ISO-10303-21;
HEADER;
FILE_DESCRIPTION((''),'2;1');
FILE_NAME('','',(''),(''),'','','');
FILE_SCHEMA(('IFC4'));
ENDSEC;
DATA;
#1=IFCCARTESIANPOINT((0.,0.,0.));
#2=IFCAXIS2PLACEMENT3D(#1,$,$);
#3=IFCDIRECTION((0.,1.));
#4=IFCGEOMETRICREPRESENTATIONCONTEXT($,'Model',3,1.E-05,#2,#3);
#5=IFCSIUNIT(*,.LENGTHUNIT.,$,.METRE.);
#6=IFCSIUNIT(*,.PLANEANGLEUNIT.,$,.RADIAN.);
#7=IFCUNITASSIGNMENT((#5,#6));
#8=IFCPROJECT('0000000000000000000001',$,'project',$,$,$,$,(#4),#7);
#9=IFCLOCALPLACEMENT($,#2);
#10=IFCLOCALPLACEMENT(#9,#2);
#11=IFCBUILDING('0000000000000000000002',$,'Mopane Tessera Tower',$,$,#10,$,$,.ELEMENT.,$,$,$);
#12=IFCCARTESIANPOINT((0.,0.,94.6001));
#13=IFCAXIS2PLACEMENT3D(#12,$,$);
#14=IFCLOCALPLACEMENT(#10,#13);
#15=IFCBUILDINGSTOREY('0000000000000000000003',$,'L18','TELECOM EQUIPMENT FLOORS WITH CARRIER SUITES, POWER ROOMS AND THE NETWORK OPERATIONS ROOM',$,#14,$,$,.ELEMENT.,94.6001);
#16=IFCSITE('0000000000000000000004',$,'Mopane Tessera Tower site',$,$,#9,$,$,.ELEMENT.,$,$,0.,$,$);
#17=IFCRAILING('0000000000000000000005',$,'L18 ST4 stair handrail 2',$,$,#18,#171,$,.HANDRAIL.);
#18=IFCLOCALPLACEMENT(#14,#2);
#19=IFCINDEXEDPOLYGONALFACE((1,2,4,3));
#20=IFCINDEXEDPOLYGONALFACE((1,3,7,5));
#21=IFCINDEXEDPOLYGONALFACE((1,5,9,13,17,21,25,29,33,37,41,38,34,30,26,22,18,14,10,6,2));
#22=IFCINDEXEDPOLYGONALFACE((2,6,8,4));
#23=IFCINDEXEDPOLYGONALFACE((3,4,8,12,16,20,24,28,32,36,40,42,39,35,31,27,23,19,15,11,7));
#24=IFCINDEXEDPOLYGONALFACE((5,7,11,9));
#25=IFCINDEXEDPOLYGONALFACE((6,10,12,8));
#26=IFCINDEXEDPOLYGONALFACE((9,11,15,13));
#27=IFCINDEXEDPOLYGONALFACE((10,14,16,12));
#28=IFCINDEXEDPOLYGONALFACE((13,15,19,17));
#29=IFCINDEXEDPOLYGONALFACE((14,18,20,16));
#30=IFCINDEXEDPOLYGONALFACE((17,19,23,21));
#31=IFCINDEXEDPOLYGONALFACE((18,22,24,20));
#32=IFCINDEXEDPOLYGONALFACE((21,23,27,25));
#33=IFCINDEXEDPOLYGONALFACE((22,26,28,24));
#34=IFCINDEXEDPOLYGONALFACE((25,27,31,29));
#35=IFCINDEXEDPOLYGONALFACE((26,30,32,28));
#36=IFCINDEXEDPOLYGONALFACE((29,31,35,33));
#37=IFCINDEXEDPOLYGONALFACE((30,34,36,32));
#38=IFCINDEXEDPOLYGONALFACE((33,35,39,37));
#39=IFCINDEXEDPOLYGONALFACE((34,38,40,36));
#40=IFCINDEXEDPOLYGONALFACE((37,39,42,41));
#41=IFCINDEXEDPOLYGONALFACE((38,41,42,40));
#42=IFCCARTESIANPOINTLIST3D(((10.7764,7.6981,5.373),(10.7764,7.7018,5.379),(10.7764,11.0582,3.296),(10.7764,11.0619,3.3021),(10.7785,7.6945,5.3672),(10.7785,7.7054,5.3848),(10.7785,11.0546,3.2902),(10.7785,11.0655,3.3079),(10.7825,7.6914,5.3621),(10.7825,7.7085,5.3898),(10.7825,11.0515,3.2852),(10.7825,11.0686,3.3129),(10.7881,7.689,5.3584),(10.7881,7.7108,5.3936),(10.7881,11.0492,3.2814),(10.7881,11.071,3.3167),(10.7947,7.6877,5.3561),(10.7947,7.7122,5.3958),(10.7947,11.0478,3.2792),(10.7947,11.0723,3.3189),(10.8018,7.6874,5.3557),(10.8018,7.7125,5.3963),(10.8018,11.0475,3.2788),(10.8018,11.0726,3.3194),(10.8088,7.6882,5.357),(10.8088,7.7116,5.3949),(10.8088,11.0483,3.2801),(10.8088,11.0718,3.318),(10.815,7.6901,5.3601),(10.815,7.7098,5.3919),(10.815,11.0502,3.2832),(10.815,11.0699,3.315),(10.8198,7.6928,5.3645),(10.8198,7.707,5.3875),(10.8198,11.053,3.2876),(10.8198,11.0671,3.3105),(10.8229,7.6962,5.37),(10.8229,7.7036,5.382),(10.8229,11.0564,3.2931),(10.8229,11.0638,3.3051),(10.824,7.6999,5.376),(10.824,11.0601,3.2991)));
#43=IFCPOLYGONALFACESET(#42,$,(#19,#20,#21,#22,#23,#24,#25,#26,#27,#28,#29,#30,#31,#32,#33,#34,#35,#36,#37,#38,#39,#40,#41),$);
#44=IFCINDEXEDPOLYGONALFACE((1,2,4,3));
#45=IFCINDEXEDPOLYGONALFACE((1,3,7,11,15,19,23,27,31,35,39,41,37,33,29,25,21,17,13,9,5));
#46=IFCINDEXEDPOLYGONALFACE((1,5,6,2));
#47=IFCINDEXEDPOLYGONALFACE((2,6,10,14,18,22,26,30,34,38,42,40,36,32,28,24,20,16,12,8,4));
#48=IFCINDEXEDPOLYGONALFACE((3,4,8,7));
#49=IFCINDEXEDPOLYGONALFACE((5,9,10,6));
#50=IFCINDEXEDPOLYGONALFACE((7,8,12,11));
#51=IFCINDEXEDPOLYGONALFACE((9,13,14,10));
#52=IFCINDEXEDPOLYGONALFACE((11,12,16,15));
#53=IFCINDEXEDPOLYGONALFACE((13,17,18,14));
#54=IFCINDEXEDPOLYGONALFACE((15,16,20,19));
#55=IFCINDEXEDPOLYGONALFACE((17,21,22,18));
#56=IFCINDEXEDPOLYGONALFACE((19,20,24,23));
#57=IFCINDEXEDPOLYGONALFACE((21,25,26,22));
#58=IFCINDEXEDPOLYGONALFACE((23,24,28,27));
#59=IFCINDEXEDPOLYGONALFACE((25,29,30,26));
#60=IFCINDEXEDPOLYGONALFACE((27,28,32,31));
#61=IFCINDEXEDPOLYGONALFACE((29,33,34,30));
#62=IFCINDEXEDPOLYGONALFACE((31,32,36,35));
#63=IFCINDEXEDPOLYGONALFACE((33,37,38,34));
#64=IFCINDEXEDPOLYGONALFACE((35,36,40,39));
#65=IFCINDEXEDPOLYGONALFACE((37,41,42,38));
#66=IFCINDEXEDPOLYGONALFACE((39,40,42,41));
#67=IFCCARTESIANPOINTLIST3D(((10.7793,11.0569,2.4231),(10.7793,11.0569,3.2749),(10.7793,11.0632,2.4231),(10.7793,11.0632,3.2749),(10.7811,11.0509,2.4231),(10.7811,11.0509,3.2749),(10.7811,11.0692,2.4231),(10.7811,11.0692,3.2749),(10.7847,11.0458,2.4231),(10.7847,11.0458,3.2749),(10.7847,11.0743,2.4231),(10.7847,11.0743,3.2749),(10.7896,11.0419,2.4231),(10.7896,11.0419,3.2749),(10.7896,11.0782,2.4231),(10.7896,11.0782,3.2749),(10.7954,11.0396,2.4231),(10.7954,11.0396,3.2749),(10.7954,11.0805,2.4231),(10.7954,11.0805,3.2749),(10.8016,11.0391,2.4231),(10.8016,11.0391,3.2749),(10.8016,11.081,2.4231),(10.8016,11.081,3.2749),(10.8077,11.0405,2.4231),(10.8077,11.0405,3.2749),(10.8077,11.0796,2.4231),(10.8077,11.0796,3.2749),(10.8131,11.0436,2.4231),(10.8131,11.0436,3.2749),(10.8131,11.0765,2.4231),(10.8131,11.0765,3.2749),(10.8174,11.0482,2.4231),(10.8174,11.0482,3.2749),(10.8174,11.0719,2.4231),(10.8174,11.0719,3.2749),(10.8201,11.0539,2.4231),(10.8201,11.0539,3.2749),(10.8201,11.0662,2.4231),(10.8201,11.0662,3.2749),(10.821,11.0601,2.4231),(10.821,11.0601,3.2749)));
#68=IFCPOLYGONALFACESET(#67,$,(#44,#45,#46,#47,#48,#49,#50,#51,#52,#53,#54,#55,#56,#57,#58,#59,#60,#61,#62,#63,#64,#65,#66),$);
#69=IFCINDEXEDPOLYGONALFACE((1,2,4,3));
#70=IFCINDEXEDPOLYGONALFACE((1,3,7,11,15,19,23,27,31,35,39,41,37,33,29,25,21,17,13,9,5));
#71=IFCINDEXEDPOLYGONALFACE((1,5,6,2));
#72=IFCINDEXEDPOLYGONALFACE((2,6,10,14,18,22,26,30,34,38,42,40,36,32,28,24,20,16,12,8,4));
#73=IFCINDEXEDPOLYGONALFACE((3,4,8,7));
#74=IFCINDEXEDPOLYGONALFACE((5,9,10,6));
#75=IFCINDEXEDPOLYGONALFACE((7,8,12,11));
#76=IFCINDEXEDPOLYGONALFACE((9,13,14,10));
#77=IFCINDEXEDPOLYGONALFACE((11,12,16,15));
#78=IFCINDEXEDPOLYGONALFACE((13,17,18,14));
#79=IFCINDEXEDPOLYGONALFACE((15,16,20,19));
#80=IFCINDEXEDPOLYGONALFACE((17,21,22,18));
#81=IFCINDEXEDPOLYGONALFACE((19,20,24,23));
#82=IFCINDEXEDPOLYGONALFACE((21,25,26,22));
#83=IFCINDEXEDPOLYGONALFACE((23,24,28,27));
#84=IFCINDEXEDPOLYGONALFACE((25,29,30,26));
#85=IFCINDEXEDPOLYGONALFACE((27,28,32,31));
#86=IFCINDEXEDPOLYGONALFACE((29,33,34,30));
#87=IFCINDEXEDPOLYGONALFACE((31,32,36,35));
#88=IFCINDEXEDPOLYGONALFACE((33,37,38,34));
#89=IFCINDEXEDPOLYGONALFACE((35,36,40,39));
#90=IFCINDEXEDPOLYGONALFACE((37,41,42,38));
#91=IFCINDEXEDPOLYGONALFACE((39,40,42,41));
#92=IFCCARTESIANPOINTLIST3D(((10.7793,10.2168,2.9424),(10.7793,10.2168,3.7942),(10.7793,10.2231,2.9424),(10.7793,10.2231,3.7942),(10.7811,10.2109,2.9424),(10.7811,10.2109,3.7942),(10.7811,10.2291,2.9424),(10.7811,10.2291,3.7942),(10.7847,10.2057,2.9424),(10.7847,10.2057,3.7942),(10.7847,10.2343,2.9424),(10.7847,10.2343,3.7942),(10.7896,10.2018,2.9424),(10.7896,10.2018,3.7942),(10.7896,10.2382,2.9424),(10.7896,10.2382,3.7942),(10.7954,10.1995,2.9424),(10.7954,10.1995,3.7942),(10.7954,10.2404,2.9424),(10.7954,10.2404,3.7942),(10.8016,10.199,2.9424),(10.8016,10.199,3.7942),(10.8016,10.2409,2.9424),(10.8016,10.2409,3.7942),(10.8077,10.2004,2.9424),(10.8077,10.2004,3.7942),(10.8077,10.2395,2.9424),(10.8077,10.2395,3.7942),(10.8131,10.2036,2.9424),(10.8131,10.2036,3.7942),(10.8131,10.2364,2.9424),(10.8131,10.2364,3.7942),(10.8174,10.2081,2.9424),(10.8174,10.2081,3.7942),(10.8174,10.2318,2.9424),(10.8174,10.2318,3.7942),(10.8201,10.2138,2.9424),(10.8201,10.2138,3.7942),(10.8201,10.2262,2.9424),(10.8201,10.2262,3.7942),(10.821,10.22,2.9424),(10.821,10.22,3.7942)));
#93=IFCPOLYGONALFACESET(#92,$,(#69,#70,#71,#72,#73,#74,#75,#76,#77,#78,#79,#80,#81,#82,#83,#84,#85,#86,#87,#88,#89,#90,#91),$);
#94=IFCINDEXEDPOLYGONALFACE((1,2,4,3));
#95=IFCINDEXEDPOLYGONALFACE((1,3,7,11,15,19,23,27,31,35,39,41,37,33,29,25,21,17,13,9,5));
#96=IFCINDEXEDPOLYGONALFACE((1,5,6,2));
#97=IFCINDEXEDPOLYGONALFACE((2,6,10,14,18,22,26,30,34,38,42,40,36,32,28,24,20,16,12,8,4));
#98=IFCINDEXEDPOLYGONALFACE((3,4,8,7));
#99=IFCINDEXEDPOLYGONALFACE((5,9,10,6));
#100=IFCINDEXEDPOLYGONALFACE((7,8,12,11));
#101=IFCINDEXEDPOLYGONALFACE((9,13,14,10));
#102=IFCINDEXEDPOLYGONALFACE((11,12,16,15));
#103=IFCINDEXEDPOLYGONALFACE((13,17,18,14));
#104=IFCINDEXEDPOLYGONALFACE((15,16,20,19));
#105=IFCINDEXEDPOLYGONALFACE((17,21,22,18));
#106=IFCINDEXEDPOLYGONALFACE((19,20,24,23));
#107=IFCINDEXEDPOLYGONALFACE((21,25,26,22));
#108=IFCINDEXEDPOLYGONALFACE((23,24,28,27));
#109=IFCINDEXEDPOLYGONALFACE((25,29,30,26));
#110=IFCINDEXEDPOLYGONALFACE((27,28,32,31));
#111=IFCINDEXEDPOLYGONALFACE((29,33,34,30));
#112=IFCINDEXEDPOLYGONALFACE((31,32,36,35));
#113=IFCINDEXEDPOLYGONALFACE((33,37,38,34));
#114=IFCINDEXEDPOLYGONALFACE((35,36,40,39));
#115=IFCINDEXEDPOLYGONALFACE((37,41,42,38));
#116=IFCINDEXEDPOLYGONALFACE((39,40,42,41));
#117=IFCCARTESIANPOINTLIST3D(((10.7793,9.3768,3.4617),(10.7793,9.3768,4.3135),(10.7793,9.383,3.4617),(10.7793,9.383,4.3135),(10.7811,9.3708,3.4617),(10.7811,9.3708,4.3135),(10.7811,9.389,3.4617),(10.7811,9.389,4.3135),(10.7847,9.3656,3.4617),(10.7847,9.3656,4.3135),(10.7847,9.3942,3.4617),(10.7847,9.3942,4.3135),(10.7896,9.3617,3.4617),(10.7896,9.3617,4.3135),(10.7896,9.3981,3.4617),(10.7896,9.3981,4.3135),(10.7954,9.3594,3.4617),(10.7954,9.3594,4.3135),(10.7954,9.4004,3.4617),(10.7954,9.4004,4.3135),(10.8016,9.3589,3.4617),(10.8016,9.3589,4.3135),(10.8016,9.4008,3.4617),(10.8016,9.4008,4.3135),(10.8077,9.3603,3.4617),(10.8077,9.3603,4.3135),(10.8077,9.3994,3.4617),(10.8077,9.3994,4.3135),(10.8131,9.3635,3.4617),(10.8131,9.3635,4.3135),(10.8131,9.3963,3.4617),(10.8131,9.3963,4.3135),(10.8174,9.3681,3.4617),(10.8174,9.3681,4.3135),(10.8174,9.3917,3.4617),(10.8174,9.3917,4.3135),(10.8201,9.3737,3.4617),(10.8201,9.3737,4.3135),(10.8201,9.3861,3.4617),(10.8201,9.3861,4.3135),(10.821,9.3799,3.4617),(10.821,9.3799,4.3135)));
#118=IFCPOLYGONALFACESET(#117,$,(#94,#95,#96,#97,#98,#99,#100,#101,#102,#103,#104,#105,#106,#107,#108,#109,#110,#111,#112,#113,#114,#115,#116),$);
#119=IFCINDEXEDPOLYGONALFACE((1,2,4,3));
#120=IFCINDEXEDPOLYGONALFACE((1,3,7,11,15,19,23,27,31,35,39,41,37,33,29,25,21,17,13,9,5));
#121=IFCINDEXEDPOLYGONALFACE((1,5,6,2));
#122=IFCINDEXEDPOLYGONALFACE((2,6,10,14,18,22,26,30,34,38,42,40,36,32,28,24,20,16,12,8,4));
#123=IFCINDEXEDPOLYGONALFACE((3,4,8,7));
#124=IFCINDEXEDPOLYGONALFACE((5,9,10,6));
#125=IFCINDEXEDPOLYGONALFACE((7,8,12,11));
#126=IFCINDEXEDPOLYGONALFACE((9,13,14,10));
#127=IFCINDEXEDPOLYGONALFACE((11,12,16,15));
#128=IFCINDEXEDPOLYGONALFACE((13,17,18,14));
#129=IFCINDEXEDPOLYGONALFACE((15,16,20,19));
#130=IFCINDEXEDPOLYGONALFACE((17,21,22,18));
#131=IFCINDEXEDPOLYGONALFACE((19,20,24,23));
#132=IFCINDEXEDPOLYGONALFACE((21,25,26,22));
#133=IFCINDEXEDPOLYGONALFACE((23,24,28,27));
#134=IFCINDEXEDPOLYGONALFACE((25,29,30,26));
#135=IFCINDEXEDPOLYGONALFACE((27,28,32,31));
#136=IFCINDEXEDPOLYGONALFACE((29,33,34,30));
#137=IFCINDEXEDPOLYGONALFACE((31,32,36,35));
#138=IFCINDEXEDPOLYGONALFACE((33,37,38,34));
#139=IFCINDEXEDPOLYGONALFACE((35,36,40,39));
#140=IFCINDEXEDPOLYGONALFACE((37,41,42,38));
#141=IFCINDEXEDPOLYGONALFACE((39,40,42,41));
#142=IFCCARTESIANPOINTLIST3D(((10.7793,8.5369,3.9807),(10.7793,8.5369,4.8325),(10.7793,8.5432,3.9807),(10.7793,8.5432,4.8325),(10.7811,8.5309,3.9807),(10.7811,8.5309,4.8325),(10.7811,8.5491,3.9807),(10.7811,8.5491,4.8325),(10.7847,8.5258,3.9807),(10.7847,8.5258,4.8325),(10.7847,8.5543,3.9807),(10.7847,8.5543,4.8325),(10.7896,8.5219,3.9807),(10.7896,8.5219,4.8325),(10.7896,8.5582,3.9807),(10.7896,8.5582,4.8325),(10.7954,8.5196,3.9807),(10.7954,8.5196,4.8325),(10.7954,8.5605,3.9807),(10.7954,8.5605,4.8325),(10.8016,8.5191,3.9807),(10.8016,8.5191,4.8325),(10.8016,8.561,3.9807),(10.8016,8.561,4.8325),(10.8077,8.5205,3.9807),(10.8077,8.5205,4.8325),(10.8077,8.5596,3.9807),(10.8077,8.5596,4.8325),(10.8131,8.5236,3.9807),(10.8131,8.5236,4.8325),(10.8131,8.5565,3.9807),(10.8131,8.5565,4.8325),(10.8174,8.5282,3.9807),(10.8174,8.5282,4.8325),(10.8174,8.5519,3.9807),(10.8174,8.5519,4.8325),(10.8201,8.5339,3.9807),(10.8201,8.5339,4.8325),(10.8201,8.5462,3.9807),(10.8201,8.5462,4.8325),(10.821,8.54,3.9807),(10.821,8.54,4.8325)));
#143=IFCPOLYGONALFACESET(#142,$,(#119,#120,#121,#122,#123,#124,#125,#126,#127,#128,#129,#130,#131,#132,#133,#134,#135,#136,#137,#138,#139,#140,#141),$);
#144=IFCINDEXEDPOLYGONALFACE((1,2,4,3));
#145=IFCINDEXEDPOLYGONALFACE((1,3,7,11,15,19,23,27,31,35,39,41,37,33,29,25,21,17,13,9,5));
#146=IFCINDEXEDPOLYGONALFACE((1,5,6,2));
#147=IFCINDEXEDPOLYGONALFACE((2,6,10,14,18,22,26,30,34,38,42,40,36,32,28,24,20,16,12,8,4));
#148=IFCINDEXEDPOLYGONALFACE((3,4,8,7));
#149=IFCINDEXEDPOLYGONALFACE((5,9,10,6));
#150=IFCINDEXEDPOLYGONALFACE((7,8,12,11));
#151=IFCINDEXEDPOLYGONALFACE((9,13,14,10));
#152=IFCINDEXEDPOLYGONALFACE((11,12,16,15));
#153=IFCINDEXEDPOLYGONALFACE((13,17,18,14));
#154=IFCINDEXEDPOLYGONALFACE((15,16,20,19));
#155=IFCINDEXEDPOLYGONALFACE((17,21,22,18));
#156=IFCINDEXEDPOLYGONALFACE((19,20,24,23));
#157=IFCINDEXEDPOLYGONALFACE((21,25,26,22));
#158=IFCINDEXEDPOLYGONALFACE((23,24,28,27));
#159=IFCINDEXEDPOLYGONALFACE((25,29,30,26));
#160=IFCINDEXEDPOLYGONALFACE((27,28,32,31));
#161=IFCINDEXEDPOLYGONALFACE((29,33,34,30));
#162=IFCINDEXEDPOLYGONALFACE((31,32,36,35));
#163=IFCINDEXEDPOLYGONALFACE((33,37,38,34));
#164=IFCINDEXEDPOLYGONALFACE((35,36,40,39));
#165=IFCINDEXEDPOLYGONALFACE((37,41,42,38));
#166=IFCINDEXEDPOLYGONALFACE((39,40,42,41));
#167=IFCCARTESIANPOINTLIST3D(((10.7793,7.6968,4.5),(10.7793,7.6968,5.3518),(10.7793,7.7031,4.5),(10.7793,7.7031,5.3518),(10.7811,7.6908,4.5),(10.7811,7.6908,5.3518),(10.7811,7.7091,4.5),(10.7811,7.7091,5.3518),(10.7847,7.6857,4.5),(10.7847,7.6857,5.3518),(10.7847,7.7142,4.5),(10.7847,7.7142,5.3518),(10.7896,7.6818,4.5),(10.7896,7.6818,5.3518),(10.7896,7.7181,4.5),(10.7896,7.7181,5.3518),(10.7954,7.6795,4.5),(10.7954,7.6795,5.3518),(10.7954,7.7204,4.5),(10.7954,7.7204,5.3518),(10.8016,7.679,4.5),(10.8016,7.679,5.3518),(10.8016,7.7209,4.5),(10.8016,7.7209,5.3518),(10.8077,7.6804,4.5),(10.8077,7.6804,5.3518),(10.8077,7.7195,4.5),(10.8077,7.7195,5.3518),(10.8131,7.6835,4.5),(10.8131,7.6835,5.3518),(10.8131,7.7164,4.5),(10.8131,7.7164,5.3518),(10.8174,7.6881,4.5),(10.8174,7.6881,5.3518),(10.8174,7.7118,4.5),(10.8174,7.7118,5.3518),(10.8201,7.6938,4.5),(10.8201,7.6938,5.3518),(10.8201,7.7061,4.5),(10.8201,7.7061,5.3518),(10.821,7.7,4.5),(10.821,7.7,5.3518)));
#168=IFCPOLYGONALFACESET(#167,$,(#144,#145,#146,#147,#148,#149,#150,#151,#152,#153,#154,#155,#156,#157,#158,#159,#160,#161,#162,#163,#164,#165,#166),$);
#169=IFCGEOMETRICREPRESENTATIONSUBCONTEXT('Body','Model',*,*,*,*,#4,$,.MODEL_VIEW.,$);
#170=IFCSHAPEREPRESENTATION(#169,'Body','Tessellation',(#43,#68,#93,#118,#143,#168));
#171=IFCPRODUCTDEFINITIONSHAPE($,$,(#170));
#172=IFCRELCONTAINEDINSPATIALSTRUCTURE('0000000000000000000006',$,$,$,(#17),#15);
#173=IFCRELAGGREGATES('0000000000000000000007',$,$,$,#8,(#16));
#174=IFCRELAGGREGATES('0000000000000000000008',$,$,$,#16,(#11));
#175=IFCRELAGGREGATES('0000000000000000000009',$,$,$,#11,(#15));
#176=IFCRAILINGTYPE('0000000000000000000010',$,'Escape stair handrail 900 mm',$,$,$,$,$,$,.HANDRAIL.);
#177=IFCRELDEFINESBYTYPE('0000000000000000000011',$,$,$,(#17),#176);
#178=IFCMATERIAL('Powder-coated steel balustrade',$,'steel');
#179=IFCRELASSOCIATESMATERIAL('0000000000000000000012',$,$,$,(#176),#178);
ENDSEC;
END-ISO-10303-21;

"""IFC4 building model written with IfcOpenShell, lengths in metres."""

from ifc_helpers import new_model, si_unit, direction, frame, origin, origin_2d, place, context, subcontext, project, spatial, circle, extrude, material, type_object, element, save


model = new_model("IFC4")

# Units and contexts
model_context = context("Model", 3, precision=1e-05, world=origin(), true_north=direction((0.0, 1.0)))
body_context = subcontext(model_context, "Body", "Model", "MODEL_VIEW")
ifc_project = project(units=[si_unit("LENGTHUNIT", "METRE"), si_unit("PLANEANGLEUNIT", "RADIAN")], contexts=[model_context])

# Site, building, storey
site_placement = place(None, origin())
site = spatial("IfcSite", under=ifc_project, at=site_placement, Name="Mopane Tessera Tower site", CompositionType="ELEMENT", RefElevation=0.0)
building_placement = place(site_placement, origin())
building = spatial("IfcBuilding", under=site, at=building_placement, Name="Mopane Tessera Tower", CompositionType="ELEMENT")
storey_placement = place(building_placement, frame((0.0, 0.0, 94.6001)))
storey = spatial("IfcBuildingStorey", under=building, at=storey_placement, Name="L18", Description="TELECOM EQUIPMENT FLOORS WITH CARRIER SUITES, POWER ROOMS AND THE NETWORK OPERATIONS ROOM", CompositionType="ELEMENT", Elevation=94.6001)

# Railing
ifc_material_1 = material(Name="Powder-coated steel balustrade", Category="steel")
railing_type_1 = type_object("IfcRailingType", Name="Escape stair handrail 900 mm", PredefinedType="HANDRAIL", material=ifc_material_1)
railing_1_placement = place(storey_placement, frame((10.8, 11.0601, 2.4231)))
element("IfcRailing", 1, at=railing_1_placement, inside=storey, type_object=railing_type_1, Name="L18 ST4 stair handrail 2", PredefinedType="HANDRAIL", context=body_context, shape_type="SweptSolid", body=[
    extrude(circle(Radius=0.0239, at=origin_2d()), frame((0.0, 0.0, 0.876), z_axis=(0.0, -0.850623, 0.525776), x_axis=(1.0, 0.0, 0.0)), (0.0, 0.0, 1.0), 3.9502),
    extrude(circle(Radius=0.021, at=origin_2d()), origin(), (0.0, 0.0, 1.0), 0.8518),
    extrude(circle(Radius=0.021, at=origin_2d()), frame((0.0, -0.8401, 0.5193)), (0.0, 0.0, 1.0), 0.8518),
    extrude(circle(Radius=0.021, at=origin_2d()), frame((0.0, -1.6802, 1.0386)), (0.0, 0.0, 1.0), 0.8518),
    extrude(circle(Radius=0.021, at=origin_2d()), frame((0.0, -2.52, 1.5576)), (0.0, 0.0, 1.0), 0.8518),
    extrude(circle(Radius=0.021, at=origin_2d()), frame((0.0, -3.3601, 2.0769)), (0.0, 0.0, 1.0), 0.8518),
])

save(model, "model.ifc")
